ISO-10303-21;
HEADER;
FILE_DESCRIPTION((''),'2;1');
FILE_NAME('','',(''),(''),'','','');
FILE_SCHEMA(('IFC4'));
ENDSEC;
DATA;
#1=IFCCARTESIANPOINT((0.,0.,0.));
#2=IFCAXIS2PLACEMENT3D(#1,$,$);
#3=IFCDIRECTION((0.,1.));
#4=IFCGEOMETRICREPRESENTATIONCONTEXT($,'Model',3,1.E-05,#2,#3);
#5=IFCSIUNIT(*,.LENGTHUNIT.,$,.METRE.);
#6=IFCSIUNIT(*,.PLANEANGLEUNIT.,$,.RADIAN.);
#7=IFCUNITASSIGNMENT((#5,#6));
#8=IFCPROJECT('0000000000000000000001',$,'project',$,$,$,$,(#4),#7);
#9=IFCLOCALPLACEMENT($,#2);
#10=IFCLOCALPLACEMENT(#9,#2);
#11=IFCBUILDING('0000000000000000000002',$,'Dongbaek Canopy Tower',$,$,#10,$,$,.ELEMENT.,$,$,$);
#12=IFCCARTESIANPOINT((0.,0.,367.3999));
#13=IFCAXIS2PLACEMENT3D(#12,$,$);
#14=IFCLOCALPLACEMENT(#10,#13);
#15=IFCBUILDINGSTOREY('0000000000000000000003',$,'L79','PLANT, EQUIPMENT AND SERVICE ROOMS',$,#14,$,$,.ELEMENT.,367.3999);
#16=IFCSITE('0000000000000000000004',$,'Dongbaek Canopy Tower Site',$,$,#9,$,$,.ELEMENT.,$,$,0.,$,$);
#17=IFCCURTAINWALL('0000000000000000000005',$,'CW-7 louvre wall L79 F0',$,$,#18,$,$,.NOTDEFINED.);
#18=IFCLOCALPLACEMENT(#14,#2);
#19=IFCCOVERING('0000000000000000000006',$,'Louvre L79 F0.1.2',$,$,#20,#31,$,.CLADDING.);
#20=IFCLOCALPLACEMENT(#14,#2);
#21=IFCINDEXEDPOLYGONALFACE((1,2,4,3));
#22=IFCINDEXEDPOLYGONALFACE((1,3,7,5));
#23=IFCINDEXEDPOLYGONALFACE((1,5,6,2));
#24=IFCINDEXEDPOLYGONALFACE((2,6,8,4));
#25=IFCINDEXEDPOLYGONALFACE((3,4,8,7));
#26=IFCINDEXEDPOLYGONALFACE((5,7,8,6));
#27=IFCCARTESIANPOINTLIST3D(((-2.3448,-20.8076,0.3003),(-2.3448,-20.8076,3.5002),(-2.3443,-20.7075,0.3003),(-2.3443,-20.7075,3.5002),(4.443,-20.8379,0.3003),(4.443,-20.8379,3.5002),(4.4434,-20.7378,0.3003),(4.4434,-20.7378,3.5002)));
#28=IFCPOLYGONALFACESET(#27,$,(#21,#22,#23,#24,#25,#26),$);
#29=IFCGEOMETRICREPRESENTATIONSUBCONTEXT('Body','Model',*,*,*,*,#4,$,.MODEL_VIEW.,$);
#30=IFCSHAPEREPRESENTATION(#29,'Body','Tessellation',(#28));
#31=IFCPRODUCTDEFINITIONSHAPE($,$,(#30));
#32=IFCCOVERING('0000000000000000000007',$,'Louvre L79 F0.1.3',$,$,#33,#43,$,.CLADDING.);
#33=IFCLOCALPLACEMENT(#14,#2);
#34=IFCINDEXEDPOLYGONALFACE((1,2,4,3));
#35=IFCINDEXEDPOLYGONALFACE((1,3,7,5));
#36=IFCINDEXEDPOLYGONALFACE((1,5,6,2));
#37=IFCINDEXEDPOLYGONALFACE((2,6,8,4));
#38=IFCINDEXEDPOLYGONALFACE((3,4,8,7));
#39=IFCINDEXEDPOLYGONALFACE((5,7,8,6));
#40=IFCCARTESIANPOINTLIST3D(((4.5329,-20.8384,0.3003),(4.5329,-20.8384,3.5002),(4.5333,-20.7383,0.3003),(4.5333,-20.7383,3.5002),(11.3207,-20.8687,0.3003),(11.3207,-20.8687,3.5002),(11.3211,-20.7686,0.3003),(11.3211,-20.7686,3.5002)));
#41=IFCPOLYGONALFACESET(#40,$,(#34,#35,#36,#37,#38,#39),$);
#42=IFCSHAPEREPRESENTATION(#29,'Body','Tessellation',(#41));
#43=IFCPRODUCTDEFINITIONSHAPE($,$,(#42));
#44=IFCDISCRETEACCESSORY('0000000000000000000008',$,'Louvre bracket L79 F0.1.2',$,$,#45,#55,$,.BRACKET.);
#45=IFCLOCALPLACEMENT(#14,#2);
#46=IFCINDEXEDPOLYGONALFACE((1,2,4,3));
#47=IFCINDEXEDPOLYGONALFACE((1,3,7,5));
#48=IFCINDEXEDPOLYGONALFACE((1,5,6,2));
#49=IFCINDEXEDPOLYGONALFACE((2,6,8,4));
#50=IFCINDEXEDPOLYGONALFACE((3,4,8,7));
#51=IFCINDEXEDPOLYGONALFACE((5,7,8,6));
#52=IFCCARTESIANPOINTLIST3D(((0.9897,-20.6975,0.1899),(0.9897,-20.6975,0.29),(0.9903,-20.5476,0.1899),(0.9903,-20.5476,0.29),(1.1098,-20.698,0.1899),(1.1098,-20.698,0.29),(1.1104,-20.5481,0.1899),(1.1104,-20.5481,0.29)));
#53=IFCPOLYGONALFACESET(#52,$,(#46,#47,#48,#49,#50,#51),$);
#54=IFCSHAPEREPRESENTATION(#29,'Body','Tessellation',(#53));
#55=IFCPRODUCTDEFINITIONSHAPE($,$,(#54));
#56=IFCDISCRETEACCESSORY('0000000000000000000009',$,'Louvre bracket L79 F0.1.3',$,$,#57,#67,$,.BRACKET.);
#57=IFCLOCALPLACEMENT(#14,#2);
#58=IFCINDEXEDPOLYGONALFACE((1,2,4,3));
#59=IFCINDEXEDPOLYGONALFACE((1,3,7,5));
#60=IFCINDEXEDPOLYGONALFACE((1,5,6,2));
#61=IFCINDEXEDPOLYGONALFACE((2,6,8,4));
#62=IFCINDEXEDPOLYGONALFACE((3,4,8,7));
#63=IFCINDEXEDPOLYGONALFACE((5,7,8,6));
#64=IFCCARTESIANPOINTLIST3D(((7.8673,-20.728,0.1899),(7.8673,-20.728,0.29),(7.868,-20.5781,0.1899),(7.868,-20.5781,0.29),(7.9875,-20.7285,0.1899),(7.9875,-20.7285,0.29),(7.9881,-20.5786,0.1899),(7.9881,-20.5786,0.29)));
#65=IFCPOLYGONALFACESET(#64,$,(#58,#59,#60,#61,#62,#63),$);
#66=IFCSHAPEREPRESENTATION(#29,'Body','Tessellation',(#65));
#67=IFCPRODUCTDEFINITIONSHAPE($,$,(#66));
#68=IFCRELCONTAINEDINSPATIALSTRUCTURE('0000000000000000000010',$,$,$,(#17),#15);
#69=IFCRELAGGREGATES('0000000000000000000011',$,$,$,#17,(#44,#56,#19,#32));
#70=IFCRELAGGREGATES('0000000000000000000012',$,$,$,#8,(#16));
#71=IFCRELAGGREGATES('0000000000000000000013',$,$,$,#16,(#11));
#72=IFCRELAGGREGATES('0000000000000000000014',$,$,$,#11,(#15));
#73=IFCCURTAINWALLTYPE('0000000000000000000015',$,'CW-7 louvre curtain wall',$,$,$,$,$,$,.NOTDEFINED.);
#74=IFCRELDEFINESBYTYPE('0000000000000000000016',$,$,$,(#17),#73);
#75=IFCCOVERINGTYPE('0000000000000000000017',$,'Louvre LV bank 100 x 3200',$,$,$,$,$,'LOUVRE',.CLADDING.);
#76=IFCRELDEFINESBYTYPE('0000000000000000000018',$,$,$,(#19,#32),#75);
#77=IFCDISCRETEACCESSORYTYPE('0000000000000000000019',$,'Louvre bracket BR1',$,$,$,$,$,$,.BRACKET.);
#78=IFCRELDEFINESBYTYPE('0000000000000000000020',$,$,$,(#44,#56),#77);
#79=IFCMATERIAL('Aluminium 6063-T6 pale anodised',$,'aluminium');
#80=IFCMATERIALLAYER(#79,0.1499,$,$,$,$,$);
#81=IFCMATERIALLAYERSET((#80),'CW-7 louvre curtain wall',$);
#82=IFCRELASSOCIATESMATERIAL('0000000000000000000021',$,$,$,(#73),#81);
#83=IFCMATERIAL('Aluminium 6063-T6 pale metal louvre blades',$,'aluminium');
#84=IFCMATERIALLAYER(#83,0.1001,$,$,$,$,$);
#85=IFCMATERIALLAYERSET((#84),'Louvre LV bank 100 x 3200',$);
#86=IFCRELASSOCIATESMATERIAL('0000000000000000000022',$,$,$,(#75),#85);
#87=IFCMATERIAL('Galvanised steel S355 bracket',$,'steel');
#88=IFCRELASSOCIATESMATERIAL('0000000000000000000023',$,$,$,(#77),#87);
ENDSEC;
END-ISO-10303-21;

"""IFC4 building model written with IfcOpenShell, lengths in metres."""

from ifc_helpers import new_model, si_unit, direction, frame, origin, origin_2d, place, context, subcontext, project, spatial, rectangle, extrude, material, layer, layer_set, type_object, element, aggregate, save


model = new_model("IFC4")

# Units and contexts
model_context = context("Model", 3, precision=1e-05, world=origin(), true_north=direction((0.0, 1.0)))
body_context = subcontext(model_context, "Body", "Model", "MODEL_VIEW")
ifc_project = project(units=[si_unit("LENGTHUNIT", "METRE"), si_unit("PLANEANGLEUNIT", "RADIAN")], contexts=[model_context])

# Site, building, storey
site_placement = place(None, origin())
site = spatial("IfcSite", under=ifc_project, at=site_placement, Name="Dongbaek Canopy Tower Site", CompositionType="ELEMENT", RefElevation=0.0)
building_placement = place(site_placement, origin())
building = spatial("IfcBuilding", under=site, at=building_placement, Name="Dongbaek Canopy Tower", CompositionType="ELEMENT")
storey_placement = place(building_placement, frame((0.0, 0.0, 367.3999)))
storey = spatial("IfcBuildingStorey", under=building, at=storey_placement, Name="L79", Description="PLANT, EQUIPMENT AND SERVICE ROOMS", CompositionType="ELEMENT", Elevation=367.3999)

# Curtain wall
ifc_material_1 = material(Name="Aluminium 6063-T6 pale anodised", Category="aluminium")
ifc_layer_1 = layer(ifc_material_1, 0.1499)
ifc_layer_set_1 = layer_set([ifc_layer_1], Name="CW-7 louvre curtain wall")
curtain_wall_type = type_object("IfcCurtainWallType", Name="CW-7 louvre curtain wall", PredefinedType="NOTDEFINED", material=ifc_layer_set_1)
curtain_wall_placement = place(storey_placement, origin())
curtain_wall = element("IfcCurtainWall", 1, at=curtain_wall_placement, inside=storey, type_object=curtain_wall_type, Name="CW-7 louvre wall L79 F0", PredefinedType="NOTDEFINED")

# Coverings
ifc_material_2 = material(Name="Aluminium 6063-T6 pale metal louvre blades", Category="aluminium")
ifc_layer_2 = layer(ifc_material_2, 0.1001)
ifc_layer_set_2 = layer_set([ifc_layer_2], Name="Louvre LV bank 100 x 3200")
covering_type_1 = type_object("IfcCoveringType", Name="Louvre LV bank 100 x 3200", ElementType="LOUVRE", PredefinedType="CLADDING", material=ifc_layer_set_2)
covering_1_placement = place(storey_placement, frame((1.0493, -20.7727, 0.3003), z_axis=(0.0, 0.0, 1.0), x_axis=(0.99999, -0.004466, 0.0)))
covering_1 = element("IfcCovering", 2, at=covering_1_placement, type_object=covering_type_1, Name="Louvre L79 F0.1.2", PredefinedType="CLADDING", context=body_context, shape_type="SweptSolid", body=[
    extrude(rectangle(XDim=6.7878, YDim=0.1001, at=origin_2d()), origin(), (0.0, 0.0, 1.0), 3.2),
])
covering_2_placement = place(storey_placement, frame((7.927, -20.8035, 0.3003), z_axis=(0.0, 0.0, 1.0), x_axis=(0.99999, -0.004466, 0.0)))
covering_2 = element("IfcCovering", 3, at=covering_2_placement, type_object=covering_type_1, Name="Louvre L79 F0.1.3", PredefinedType="CLADDING", context=body_context, shape_type="SweptSolid", body=[
    extrude(rectangle(XDim=6.7878, YDim=0.1001, at=origin_2d()), origin(), (0.0, 0.0, 1.0), 3.2),
])

# Discrete accessories
ifc_material_3 = material(Name="Galvanised steel S355 bracket", Category="steel")
discrete_accessory_type = type_object("IfcDiscreteAccessoryType", Name="Louvre bracket BR1", PredefinedType="BRACKET", material=ifc_material_3)
discrete_accessory_1_placement = place(storey_placement, frame((1.05, -20.6228, 0.1899), z_axis=(0.0, 0.0, 1.0), x_axis=(0.99999, -0.004466, 0.0)))
discrete_accessory_1 = element("IfcDiscreteAccessory", 4, at=discrete_accessory_1_placement, type_object=discrete_accessory_type, Name="Louvre bracket L79 F0.1.2", PredefinedType="BRACKET", context=body_context, shape_type="SweptSolid", body=[
    extrude(rectangle(XDim=0.1201, YDim=0.1499, at=origin_2d()), origin(), (0.0, 0.0, 1.0), 0.1001),
])
discrete_accessory_2_placement = place(storey_placement, frame((7.9277, -20.6533, 0.1899), z_axis=(0.0, 0.0, 1.0), x_axis=(0.99999, -0.004466, 0.0)))
discrete_accessory_2 = element("IfcDiscreteAccessory", 5, at=discrete_accessory_2_placement, type_object=discrete_accessory_type, Name="Louvre bracket L79 F0.1.3", PredefinedType="BRACKET", context=body_context, shape_type="SweptSolid", body=[
    extrude(rectangle(XDim=0.1201, YDim=0.1499, at=origin_2d()), origin(), (0.0, 0.0, 1.0), 0.1001),
])
aggregate(curtain_wall, [discrete_accessory_1, discrete_accessory_2, covering_1, covering_2])

save(model, "model.ifc")
